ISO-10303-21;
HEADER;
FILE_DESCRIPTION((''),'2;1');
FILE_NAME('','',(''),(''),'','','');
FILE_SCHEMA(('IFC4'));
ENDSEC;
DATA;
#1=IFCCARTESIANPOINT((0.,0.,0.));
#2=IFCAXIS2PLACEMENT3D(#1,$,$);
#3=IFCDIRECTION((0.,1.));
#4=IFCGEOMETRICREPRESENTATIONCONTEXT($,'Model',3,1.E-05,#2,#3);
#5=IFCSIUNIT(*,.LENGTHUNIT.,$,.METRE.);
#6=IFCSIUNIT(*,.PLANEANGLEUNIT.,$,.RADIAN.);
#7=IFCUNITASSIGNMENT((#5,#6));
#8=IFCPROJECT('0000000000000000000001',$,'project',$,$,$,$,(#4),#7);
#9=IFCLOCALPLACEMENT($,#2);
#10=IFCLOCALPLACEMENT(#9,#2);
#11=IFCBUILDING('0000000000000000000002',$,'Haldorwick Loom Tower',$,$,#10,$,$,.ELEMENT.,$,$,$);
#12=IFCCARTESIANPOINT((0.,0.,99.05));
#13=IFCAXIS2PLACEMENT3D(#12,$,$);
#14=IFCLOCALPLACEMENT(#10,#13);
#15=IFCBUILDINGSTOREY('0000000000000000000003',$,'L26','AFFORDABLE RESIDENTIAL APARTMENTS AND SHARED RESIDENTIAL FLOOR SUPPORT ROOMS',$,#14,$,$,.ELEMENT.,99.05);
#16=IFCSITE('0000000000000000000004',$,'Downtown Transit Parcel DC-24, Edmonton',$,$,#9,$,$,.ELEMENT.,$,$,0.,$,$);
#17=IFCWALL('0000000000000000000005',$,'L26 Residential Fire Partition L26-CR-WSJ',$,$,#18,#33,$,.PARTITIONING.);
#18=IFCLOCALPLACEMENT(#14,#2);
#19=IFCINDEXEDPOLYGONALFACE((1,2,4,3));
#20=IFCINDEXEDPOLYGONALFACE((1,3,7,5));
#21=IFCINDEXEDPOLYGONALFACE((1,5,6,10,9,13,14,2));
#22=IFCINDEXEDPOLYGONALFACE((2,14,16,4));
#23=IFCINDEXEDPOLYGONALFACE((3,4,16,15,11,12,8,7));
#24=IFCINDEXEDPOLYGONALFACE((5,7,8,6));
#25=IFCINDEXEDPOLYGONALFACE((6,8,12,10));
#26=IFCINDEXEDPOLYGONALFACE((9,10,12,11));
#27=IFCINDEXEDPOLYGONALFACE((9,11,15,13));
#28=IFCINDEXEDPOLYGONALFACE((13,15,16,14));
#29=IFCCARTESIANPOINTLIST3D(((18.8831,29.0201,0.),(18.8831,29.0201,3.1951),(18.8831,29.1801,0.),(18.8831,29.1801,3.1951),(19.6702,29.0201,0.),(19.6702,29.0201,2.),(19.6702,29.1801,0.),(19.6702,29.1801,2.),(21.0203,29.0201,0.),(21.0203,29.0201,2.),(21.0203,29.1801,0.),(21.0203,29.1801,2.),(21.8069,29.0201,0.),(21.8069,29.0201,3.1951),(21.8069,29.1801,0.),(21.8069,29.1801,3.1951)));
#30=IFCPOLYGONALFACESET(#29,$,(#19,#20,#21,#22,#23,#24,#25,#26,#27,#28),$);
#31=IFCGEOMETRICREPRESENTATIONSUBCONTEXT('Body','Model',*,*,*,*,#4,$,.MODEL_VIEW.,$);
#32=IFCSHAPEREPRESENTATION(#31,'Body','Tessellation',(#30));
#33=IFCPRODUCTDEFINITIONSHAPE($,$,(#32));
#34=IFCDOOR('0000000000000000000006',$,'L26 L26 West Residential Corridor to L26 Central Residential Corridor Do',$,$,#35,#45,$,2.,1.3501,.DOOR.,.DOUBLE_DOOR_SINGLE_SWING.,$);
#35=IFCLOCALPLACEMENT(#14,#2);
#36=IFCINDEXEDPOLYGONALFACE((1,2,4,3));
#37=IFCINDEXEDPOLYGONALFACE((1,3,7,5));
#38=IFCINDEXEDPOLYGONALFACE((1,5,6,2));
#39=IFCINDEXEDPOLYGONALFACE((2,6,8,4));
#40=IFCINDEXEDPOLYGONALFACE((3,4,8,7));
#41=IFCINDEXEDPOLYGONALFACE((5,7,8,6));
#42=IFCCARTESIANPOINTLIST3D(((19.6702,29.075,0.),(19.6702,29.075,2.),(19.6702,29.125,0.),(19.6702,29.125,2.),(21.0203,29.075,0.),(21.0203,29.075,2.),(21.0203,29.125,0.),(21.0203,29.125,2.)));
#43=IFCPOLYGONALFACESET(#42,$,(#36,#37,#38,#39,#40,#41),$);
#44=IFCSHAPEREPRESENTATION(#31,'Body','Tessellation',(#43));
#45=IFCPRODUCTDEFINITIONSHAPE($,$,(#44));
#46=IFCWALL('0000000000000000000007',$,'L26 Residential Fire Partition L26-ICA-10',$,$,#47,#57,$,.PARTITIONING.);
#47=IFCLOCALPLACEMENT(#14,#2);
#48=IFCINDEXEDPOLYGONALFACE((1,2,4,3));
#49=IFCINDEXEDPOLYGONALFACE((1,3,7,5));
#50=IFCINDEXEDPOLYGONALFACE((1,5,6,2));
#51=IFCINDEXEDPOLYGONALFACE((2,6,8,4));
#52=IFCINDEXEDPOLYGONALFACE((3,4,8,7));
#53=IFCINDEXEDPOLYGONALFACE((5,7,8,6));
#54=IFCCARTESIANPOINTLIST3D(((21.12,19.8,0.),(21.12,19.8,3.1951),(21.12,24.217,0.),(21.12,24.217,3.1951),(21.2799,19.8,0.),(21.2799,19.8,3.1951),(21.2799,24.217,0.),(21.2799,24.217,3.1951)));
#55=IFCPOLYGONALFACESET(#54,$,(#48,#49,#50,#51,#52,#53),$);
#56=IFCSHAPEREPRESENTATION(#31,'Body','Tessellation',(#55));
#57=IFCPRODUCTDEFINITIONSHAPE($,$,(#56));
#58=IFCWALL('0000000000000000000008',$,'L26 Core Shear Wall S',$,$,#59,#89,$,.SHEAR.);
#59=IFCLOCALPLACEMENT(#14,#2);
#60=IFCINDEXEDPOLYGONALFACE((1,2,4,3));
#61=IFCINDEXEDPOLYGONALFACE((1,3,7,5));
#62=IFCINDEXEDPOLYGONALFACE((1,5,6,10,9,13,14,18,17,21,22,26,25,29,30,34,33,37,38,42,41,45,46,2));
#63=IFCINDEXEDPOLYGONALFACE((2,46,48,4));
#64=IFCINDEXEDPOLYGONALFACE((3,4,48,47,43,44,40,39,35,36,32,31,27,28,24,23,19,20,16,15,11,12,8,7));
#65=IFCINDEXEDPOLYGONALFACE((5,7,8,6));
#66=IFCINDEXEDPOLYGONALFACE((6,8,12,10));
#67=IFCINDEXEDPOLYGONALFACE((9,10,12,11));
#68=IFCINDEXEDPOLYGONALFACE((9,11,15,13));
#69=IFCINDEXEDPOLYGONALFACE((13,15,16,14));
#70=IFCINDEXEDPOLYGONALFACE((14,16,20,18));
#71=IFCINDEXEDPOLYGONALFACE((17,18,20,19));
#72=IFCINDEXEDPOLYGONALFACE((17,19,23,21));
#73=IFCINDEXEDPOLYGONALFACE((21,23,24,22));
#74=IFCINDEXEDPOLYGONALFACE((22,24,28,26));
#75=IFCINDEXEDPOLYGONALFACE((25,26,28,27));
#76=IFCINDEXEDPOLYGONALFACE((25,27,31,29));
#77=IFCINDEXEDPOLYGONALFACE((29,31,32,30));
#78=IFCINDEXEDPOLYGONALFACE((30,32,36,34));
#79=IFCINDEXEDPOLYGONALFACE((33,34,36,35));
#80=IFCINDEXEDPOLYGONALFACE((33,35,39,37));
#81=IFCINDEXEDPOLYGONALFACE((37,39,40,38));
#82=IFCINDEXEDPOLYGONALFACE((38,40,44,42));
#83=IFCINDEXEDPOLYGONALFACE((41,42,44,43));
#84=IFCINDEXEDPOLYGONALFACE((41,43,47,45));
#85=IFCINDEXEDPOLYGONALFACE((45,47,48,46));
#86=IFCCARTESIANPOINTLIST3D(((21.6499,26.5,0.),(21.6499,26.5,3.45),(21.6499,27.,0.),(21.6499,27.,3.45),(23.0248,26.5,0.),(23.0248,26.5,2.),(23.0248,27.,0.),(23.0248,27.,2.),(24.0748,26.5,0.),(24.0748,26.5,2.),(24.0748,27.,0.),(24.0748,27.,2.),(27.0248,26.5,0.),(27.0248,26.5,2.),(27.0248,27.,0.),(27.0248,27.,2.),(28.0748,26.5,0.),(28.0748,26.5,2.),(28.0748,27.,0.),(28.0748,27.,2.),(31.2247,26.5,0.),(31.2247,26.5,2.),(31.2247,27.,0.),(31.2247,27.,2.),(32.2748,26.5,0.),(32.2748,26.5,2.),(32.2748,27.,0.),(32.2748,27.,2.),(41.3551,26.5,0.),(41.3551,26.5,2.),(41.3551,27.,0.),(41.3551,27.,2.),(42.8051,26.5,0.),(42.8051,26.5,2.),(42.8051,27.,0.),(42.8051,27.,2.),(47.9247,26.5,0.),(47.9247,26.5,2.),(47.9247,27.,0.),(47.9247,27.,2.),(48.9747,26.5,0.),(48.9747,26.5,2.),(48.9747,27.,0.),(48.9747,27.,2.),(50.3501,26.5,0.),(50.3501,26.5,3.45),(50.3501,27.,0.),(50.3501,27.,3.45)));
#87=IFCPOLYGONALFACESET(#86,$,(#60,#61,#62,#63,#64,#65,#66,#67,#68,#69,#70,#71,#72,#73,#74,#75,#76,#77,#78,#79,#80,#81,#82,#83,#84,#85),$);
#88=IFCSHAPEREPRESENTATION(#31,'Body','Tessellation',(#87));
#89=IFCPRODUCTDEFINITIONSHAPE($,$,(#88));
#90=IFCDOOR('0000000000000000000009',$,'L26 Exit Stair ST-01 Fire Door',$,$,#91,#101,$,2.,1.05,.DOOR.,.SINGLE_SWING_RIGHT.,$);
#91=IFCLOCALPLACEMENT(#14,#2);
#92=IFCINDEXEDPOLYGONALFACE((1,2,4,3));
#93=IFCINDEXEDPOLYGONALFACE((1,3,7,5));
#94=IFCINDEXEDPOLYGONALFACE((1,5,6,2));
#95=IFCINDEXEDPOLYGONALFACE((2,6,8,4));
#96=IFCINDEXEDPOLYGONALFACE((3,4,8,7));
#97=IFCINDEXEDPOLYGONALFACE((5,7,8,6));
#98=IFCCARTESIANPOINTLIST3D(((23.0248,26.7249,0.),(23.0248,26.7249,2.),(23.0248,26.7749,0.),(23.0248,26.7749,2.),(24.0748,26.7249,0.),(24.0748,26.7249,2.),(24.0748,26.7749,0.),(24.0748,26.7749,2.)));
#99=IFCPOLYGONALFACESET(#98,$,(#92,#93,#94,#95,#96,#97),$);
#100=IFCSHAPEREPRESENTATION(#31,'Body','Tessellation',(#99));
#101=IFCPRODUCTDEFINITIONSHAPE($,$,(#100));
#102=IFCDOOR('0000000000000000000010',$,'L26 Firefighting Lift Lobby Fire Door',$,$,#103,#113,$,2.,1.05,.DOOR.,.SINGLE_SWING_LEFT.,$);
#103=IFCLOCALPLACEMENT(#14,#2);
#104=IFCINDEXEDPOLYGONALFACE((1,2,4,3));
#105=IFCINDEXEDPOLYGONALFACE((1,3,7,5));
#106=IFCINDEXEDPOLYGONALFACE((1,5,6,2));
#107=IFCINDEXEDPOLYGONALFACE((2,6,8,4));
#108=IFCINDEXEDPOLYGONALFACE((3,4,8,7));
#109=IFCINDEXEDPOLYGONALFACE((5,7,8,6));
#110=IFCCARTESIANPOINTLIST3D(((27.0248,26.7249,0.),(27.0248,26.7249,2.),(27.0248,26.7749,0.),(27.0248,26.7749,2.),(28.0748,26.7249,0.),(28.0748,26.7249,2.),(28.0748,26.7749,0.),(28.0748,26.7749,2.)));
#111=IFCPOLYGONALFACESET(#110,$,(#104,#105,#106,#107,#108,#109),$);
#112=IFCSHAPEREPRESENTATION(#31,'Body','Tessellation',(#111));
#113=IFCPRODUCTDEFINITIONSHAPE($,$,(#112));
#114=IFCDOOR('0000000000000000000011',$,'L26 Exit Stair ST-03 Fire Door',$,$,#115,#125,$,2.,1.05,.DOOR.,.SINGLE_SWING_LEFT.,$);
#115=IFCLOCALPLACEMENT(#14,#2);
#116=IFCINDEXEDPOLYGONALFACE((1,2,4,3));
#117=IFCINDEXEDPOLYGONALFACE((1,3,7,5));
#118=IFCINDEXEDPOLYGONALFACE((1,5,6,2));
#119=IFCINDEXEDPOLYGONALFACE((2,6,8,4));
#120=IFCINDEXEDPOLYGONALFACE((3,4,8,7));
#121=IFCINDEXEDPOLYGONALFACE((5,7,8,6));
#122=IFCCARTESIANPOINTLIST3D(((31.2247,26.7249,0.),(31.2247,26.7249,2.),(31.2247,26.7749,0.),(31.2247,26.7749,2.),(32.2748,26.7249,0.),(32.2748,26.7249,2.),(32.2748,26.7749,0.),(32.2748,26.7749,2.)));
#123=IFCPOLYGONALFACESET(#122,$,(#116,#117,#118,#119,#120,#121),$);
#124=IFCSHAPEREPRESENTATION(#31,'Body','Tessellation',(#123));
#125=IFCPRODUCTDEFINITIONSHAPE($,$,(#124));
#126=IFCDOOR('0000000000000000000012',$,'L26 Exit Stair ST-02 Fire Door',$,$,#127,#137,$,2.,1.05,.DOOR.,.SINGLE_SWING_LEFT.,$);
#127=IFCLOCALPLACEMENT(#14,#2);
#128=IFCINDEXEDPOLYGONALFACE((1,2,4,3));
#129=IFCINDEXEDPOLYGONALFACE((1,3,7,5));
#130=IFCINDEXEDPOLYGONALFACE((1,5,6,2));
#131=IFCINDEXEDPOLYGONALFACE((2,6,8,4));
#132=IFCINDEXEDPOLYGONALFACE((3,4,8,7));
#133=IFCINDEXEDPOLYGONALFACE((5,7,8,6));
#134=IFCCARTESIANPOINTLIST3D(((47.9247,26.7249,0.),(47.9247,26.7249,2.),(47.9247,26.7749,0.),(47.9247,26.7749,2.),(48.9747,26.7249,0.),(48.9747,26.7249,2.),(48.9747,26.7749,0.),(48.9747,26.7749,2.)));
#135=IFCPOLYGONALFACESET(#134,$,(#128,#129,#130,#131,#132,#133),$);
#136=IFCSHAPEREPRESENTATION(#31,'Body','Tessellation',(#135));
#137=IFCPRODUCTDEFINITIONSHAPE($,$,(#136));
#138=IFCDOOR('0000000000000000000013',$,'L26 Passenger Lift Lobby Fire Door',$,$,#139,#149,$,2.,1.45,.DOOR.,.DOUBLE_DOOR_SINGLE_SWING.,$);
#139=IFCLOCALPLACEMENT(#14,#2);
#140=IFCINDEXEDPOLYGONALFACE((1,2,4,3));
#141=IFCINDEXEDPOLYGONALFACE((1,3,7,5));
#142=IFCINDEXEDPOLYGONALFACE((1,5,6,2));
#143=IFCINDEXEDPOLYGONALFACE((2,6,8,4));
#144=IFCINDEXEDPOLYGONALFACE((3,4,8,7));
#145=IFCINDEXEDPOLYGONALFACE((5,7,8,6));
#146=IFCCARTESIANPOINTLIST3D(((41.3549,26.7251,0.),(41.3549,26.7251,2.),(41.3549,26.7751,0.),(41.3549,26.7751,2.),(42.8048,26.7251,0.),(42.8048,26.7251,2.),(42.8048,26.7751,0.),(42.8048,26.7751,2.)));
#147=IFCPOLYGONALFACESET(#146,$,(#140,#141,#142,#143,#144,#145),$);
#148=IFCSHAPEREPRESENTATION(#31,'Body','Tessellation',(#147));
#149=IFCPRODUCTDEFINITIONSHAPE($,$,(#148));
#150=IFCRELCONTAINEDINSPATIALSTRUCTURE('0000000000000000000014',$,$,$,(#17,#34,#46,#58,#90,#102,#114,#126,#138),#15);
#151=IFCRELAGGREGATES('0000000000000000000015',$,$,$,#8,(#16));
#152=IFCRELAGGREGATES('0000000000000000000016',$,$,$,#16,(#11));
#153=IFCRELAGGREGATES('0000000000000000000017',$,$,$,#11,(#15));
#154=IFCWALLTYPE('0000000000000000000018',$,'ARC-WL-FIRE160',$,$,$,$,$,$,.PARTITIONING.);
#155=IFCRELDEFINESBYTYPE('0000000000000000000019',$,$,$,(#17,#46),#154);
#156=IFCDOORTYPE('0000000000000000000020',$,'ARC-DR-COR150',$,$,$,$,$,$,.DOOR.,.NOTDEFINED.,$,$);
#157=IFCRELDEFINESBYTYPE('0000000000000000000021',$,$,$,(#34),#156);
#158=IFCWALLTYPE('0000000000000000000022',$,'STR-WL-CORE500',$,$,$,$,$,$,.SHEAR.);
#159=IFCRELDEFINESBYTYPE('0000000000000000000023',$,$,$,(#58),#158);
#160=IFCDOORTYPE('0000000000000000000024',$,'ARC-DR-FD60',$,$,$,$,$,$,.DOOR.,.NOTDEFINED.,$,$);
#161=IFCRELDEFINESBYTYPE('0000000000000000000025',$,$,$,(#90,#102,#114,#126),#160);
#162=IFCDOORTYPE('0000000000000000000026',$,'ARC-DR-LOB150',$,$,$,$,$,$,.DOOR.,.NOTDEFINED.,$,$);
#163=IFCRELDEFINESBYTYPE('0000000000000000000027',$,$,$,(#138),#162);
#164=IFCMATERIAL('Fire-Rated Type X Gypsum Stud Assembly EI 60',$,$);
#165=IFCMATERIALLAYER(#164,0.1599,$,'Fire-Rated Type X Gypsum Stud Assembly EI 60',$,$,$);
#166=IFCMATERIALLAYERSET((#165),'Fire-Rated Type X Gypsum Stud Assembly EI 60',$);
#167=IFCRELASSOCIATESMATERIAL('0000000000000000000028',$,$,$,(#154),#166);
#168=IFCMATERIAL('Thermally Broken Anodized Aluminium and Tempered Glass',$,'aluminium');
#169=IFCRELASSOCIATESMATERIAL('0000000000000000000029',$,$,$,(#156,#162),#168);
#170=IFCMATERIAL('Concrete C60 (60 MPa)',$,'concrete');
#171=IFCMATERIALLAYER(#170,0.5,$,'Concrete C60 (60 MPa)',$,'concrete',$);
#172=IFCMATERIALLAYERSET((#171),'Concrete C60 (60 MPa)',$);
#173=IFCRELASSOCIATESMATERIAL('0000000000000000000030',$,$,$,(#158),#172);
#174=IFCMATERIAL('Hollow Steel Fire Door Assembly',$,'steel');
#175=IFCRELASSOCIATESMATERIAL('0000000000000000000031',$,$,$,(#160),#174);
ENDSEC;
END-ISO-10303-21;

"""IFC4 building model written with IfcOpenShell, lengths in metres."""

from ifc_helpers import new_model, si_unit, direction, frame, frame_2d, origin, place, context, subcontext, project, spatial, rectangle, extrude, material, layer, layer_set, type_object, element, fill, save


model = new_model("IFC4")

# Units and contexts
model_context = context("Model", 3, precision=1e-05, world=origin(), true_north=direction((0.0, 1.0)))
body_context = subcontext(model_context, "Body", "Model", "MODEL_VIEW")
ifc_project = project(units=[si_unit("LENGTHUNIT", "METRE"), si_unit("PLANEANGLEUNIT", "RADIAN")], contexts=[model_context])

# Site, building, storey
site_placement = place(None, origin())
site = spatial("IfcSite", under=ifc_project, at=site_placement, Name="Downtown Transit Parcel DC-24, Edmonton", CompositionType="ELEMENT", RefElevation=0.0)
building_placement = place(site_placement, origin())
building = spatial("IfcBuilding", under=site, at=building_placement, Name="Haldorwick Loom Tower", CompositionType="ELEMENT")
storey_placement = place(building_placement, frame((0.0, 0.0, 99.05)))
storey = spatial("IfcBuildingStorey", under=building, at=storey_placement, Name="L26", Description="AFFORDABLE RESIDENTIAL APARTMENTS AND SHARED RESIDENTIAL FLOOR SUPPORT ROOMS", CompositionType="ELEMENT", Elevation=99.05)

# Shared definitions
ifc_material_1 = material(Name="Concrete C60 (60 MPa)", Category="concrete")

# Wall, opening, door
ifc_material_2 = material(Name="Fire-Rated Type X Gypsum Stud Assembly EI 60")
ifc_layer_1 = layer(ifc_material_2, 0.1599, Name="Fire-Rated Type X Gypsum Stud Assembly EI 60")
ifc_layer_set_1 = layer_set([ifc_layer_1], Name="Fire-Rated Type X Gypsum Stud Assembly EI 60")
wall_type_1 = type_object("IfcWallType", Name="ARC-WL-FIRE160", PredefinedType="PARTITIONING", material=ifc_layer_set_1)
wall_1_placement = place(storey_placement, frame((18.8831, 29.1001, 0.0), z_axis=(0.0, 0.0, 1.0), x_axis=(1.0, 0.0, 0.0)))
wall_1 = element("IfcWall", 1, at=wall_1_placement, inside=storey, type_object=wall_type_1, Name="L26 Residential Fire Partition L26-CR-WSJ", PredefinedType="PARTITIONING", context=body_context, shape_type="SweptSolid", body=[
    extrude(rectangle(XDim=2.9238, YDim=0.1599, at=frame_2d((1.4619, 0.0))), origin(), (0.0, 0.0, 1.0), 3.1951),
])
opening_1_placement = place(wall_1_placement, frame((0.7871, 0.0, 0.0)))
opening_1 = element("IfcOpeningElement", 2, at=opening_1_placement, cuts=wall_1, PredefinedType="OPENING", context=body_context, shape_type="SweptSolid", body=[
    extrude(rectangle(XDim=1.3501, YDim=2.0, at=frame_2d((0.675, 1.0))), frame((0.0, 0.0898, 0.0), z_axis=(0.0, -1.0, 0.0), x_axis=(1.0, 0.0, 0.0)), (0.0, 0.0, 1.0), 0.1799),
])
ifc_material_3 = material(Name="Thermally Broken Anodized Aluminium and Tempered Glass", Category="aluminium")
door_type_1 = type_object("IfcDoorType", Name="ARC-DR-COR150", OperationType="NOTDEFINED", PredefinedType="DOOR", material=ifc_material_3)
door_1_placement = place(opening_1_placement, origin())
door_1 = element("IfcDoor", 3, at=door_1_placement, inside=storey, type_object=door_type_1, Name="L26 L26 West Residential Corridor to L26 Central Residential Corridor Do", OperationType="DOUBLE_DOOR_SINGLE_SWING", OverallHeight=2.0, OverallWidth=1.3501, PredefinedType="DOOR", context=body_context, shape_type="SweptSolid", body=[
    extrude(rectangle(XDim=1.3501, YDim=2.0, at=frame_2d((0.675, 1.0))), frame((0.0, 0.0249, 0.0), z_axis=(0.0, -1.0, 0.0), x_axis=(1.0, 0.0, 0.0)), (0.0, 0.0, 1.0), 0.05),
])
fill(opening_1, door_1)

# Wall
wall_2_placement = place(storey_placement, frame((21.2, 24.217, 0.0), z_axis=(0.0, 0.0, 1.0), x_axis=(0.0, -1.0, 0.0)))
element("IfcWall", 4, at=wall_2_placement, inside=storey, type_object=wall_type_1, Name="L26 Residential Fire Partition L26-ICA-10", PredefinedType="PARTITIONING", context=body_context, shape_type="SweptSolid", body=[
    extrude(rectangle(XDim=4.417, YDim=0.1599, at=frame_2d((2.2085, 0.0))), origin(), (0.0, 0.0, 1.0), 3.1951),
])

# Wall, openings, doors
ifc_layer_2 = layer(ifc_material_1, 0.5, Name="Concrete C60 (60 MPa)", Category="concrete")
ifc_layer_set_2 = layer_set([ifc_layer_2], Name="Concrete C60 (60 MPa)")
wall_type_2 = type_object("IfcWallType", Name="STR-WL-CORE500", PredefinedType="SHEAR", material=ifc_layer_set_2)
wall_3_placement = place(storey_placement, frame((21.6499, 26.75, 0.0), z_axis=(0.0, 0.0, 1.0), x_axis=(1.0, 0.0, 0.0)))
wall_3 = element("IfcWall", 5, at=wall_3_placement, inside=storey, type_object=wall_type_2, Name="L26 Core Shear Wall S", PredefinedType="SHEAR", context=body_context, shape_type="SweptSolid", body=[
    extrude(rectangle(XDim=28.7002, YDim=0.5, at=frame_2d((14.3501, 0.0))), origin(), (0.0, 0.0, 1.0), 3.45),
])
opening_2_placement = place(wall_3_placement, frame((1.375, 0.0, 0.0)))
opening_2 = element("IfcOpeningElement", 6, at=opening_2_placement, cuts=wall_3, PredefinedType="OPENING", context=body_context, shape_type="SweptSolid", body=[
    extrude(rectangle(XDim=1.05, YDim=2.0, at=frame_2d((0.5249, 1.0))), frame((0.0, 0.26, 0.0), z_axis=(0.0, -1.0, 0.0), x_axis=(1.0, 0.0, 0.0)), (0.0, 0.0, 1.0), 0.52),
])
opening_3_placement = place(wall_3_placement, frame((5.375, 0.0, 0.0)))
opening_3 = element("IfcOpeningElement", 7, at=opening_3_placement, cuts=wall_3, PredefinedType="OPENING", context=body_context, shape_type="SweptSolid", body=[
    extrude(rectangle(XDim=1.05, YDim=2.0, at=frame_2d((0.5249, 1.0))), frame((0.0, 0.26, 0.0), z_axis=(0.0, -1.0, 0.0), x_axis=(1.0, 0.0, 0.0)), (0.0, 0.0, 1.0), 0.52),
])
opening_4_placement = place(wall_3_placement, frame((9.575, 0.0, 0.0)))
opening_4 = element("IfcOpeningElement", 8, at=opening_4_placement, cuts=wall_3, PredefinedType="OPENING", context=body_context, shape_type="SweptSolid", body=[
    extrude(rectangle(XDim=1.05, YDim=2.0, at=frame_2d((0.5249, 1.0))), frame((0.0, 0.26, 0.0), z_axis=(0.0, -1.0, 0.0), x_axis=(1.0, 0.0, 0.0)), (0.0, 0.0, 1.0), 0.52),
])
opening_5_placement = place(wall_3_placement, frame((19.7051, 0.0, 0.0)))
opening_5 = element("IfcOpeningElement", 9, at=opening_5_placement, cuts=wall_3, PredefinedType="OPENING", context=body_context, shape_type="SweptSolid", body=[
    extrude(rectangle(XDim=1.45, YDim=2.0, at=frame_2d((0.7251, 1.0))), frame((0.0, 0.26, 0.0), z_axis=(0.0, -1.0, 0.0), x_axis=(1.0, 0.0, 0.0)), (0.0, 0.0, 1.0), 0.52),
])
opening_6_placement = place(wall_3_placement, frame((26.2749, 0.0, 0.0)))
opening_6 = element("IfcOpeningElement", 10, at=opening_6_placement, cuts=wall_3, PredefinedType="OPENING", context=body_context, shape_type="SweptSolid", body=[
    extrude(rectangle(XDim=1.05, YDim=2.0, at=frame_2d((0.5249, 1.0))), frame((0.0, 0.26, 0.0), z_axis=(0.0, -1.0, 0.0), x_axis=(1.0, 0.0, 0.0)), (0.0, 0.0, 1.0), 0.52),
])
ifc_material_4 = material(Name="Hollow Steel Fire Door Assembly", Category="steel")
door_type_2 = type_object("IfcDoorType", Name="ARC-DR-FD60", OperationType="NOTDEFINED", PredefinedType="DOOR", material=ifc_material_4)
door_2_placement = place(opening_2_placement, origin())
door_2 = element("IfcDoor", 11, at=door_2_placement, inside=storey, type_object=door_type_2, Name="L26 Exit Stair ST-01 Fire Door", OperationType="SINGLE_SWING_RIGHT", OverallHeight=2.0, OverallWidth=1.05, PredefinedType="DOOR", context=body_context, shape_type="SweptSolid", body=[
    extrude(rectangle(XDim=1.05, YDim=2.0, at=frame_2d((0.5249, 1.0))), frame((0.0, 0.0249, 0.0), z_axis=(0.0, -1.0, 0.0), x_axis=(1.0, 0.0, 0.0)), (0.0, 0.0, 1.0), 0.05),
])
fill(opening_2, door_2)
door_3_placement = place(opening_3_placement, origin())
door_3 = element("IfcDoor", 12, at=door_3_placement, inside=storey, type_object=door_type_2, Name="L26 Firefighting Lift Lobby Fire Door", OperationType="SINGLE_SWING_LEFT", OverallHeight=2.0, OverallWidth=1.05, PredefinedType="DOOR", context=body_context, shape_type="SweptSolid", body=[
    extrude(rectangle(XDim=1.05, YDim=2.0, at=frame_2d((0.5249, 1.0))), frame((0.0, 0.0249, 0.0), z_axis=(0.0, -1.0, 0.0), x_axis=(1.0, 0.0, 0.0)), (0.0, 0.0, 1.0), 0.05),
])
fill(opening_3, door_3)
door_4_placement = place(opening_4_placement, origin())
door_4 = element("IfcDoor", 13, at=door_4_placement, inside=storey, type_object=door_type_2, Name="L26 Exit Stair ST-03 Fire Door", OperationType="SINGLE_SWING_LEFT", OverallHeight=2.0, OverallWidth=1.05, PredefinedType="DOOR", context=body_context, shape_type="SweptSolid", body=[
    extrude(rectangle(XDim=1.05, YDim=2.0, at=frame_2d((0.5249, 1.0))), frame((0.0, 0.0249, 0.0), z_axis=(0.0, -1.0, 0.0), x_axis=(1.0, 0.0, 0.0)), (0.0, 0.0, 1.0), 0.05),
])
fill(opening_4, door_4)
door_5_placement = place(opening_6_placement, origin())
door_5 = element("IfcDoor", 14, at=door_5_placement, inside=storey, type_object=door_type_2, Name="L26 Exit Stair ST-02 Fire Door", OperationType="SINGLE_SWING_LEFT", OverallHeight=2.0, OverallWidth=1.05, PredefinedType="DOOR", context=body_context, shape_type="SweptSolid", body=[
    extrude(rectangle(XDim=1.05, YDim=2.0, at=frame_2d((0.5249, 1.0))), frame((0.0, 0.0249, 0.0), z_axis=(0.0, -1.0, 0.0), x_axis=(1.0, 0.0, 0.0)), (0.0, 0.0, 1.0), 0.05),
])
fill(opening_6, door_5)
door_type_3 = type_object("IfcDoorType", Name="ARC-DR-LOB150", OperationType="NOTDEFINED", PredefinedType="DOOR", material=ifc_material_3)
door_6_placement = place(opening_5_placement, frame((1.45, 0.0, 0.0), z_axis=(0.0, 0.0, 1.0), x_axis=(-1.0, 0.0, 0.0)))
door_6 = element("IfcDoor", 15, at=door_6_placement, inside=storey, type_object=door_type_3, Name="L26 Passenger Lift Lobby Fire Door", OperationType="DOUBLE_DOOR_SINGLE_SWING", OverallHeight=2.0, OverallWidth=1.45, PredefinedType="DOOR", context=body_context, shape_type="SweptSolid", body=[
    extrude(rectangle(XDim=1.45, YDim=2.0, at=frame_2d((0.7251, 1.0))), frame((0.0, 0.0249, 0.0), z_axis=(0.0, -1.0, 0.0), x_axis=(1.0, 0.0, 0.0)), (0.0, 0.0, 1.0), 0.05),
])
fill(opening_5, door_6)

save(model, "model.ifc")
